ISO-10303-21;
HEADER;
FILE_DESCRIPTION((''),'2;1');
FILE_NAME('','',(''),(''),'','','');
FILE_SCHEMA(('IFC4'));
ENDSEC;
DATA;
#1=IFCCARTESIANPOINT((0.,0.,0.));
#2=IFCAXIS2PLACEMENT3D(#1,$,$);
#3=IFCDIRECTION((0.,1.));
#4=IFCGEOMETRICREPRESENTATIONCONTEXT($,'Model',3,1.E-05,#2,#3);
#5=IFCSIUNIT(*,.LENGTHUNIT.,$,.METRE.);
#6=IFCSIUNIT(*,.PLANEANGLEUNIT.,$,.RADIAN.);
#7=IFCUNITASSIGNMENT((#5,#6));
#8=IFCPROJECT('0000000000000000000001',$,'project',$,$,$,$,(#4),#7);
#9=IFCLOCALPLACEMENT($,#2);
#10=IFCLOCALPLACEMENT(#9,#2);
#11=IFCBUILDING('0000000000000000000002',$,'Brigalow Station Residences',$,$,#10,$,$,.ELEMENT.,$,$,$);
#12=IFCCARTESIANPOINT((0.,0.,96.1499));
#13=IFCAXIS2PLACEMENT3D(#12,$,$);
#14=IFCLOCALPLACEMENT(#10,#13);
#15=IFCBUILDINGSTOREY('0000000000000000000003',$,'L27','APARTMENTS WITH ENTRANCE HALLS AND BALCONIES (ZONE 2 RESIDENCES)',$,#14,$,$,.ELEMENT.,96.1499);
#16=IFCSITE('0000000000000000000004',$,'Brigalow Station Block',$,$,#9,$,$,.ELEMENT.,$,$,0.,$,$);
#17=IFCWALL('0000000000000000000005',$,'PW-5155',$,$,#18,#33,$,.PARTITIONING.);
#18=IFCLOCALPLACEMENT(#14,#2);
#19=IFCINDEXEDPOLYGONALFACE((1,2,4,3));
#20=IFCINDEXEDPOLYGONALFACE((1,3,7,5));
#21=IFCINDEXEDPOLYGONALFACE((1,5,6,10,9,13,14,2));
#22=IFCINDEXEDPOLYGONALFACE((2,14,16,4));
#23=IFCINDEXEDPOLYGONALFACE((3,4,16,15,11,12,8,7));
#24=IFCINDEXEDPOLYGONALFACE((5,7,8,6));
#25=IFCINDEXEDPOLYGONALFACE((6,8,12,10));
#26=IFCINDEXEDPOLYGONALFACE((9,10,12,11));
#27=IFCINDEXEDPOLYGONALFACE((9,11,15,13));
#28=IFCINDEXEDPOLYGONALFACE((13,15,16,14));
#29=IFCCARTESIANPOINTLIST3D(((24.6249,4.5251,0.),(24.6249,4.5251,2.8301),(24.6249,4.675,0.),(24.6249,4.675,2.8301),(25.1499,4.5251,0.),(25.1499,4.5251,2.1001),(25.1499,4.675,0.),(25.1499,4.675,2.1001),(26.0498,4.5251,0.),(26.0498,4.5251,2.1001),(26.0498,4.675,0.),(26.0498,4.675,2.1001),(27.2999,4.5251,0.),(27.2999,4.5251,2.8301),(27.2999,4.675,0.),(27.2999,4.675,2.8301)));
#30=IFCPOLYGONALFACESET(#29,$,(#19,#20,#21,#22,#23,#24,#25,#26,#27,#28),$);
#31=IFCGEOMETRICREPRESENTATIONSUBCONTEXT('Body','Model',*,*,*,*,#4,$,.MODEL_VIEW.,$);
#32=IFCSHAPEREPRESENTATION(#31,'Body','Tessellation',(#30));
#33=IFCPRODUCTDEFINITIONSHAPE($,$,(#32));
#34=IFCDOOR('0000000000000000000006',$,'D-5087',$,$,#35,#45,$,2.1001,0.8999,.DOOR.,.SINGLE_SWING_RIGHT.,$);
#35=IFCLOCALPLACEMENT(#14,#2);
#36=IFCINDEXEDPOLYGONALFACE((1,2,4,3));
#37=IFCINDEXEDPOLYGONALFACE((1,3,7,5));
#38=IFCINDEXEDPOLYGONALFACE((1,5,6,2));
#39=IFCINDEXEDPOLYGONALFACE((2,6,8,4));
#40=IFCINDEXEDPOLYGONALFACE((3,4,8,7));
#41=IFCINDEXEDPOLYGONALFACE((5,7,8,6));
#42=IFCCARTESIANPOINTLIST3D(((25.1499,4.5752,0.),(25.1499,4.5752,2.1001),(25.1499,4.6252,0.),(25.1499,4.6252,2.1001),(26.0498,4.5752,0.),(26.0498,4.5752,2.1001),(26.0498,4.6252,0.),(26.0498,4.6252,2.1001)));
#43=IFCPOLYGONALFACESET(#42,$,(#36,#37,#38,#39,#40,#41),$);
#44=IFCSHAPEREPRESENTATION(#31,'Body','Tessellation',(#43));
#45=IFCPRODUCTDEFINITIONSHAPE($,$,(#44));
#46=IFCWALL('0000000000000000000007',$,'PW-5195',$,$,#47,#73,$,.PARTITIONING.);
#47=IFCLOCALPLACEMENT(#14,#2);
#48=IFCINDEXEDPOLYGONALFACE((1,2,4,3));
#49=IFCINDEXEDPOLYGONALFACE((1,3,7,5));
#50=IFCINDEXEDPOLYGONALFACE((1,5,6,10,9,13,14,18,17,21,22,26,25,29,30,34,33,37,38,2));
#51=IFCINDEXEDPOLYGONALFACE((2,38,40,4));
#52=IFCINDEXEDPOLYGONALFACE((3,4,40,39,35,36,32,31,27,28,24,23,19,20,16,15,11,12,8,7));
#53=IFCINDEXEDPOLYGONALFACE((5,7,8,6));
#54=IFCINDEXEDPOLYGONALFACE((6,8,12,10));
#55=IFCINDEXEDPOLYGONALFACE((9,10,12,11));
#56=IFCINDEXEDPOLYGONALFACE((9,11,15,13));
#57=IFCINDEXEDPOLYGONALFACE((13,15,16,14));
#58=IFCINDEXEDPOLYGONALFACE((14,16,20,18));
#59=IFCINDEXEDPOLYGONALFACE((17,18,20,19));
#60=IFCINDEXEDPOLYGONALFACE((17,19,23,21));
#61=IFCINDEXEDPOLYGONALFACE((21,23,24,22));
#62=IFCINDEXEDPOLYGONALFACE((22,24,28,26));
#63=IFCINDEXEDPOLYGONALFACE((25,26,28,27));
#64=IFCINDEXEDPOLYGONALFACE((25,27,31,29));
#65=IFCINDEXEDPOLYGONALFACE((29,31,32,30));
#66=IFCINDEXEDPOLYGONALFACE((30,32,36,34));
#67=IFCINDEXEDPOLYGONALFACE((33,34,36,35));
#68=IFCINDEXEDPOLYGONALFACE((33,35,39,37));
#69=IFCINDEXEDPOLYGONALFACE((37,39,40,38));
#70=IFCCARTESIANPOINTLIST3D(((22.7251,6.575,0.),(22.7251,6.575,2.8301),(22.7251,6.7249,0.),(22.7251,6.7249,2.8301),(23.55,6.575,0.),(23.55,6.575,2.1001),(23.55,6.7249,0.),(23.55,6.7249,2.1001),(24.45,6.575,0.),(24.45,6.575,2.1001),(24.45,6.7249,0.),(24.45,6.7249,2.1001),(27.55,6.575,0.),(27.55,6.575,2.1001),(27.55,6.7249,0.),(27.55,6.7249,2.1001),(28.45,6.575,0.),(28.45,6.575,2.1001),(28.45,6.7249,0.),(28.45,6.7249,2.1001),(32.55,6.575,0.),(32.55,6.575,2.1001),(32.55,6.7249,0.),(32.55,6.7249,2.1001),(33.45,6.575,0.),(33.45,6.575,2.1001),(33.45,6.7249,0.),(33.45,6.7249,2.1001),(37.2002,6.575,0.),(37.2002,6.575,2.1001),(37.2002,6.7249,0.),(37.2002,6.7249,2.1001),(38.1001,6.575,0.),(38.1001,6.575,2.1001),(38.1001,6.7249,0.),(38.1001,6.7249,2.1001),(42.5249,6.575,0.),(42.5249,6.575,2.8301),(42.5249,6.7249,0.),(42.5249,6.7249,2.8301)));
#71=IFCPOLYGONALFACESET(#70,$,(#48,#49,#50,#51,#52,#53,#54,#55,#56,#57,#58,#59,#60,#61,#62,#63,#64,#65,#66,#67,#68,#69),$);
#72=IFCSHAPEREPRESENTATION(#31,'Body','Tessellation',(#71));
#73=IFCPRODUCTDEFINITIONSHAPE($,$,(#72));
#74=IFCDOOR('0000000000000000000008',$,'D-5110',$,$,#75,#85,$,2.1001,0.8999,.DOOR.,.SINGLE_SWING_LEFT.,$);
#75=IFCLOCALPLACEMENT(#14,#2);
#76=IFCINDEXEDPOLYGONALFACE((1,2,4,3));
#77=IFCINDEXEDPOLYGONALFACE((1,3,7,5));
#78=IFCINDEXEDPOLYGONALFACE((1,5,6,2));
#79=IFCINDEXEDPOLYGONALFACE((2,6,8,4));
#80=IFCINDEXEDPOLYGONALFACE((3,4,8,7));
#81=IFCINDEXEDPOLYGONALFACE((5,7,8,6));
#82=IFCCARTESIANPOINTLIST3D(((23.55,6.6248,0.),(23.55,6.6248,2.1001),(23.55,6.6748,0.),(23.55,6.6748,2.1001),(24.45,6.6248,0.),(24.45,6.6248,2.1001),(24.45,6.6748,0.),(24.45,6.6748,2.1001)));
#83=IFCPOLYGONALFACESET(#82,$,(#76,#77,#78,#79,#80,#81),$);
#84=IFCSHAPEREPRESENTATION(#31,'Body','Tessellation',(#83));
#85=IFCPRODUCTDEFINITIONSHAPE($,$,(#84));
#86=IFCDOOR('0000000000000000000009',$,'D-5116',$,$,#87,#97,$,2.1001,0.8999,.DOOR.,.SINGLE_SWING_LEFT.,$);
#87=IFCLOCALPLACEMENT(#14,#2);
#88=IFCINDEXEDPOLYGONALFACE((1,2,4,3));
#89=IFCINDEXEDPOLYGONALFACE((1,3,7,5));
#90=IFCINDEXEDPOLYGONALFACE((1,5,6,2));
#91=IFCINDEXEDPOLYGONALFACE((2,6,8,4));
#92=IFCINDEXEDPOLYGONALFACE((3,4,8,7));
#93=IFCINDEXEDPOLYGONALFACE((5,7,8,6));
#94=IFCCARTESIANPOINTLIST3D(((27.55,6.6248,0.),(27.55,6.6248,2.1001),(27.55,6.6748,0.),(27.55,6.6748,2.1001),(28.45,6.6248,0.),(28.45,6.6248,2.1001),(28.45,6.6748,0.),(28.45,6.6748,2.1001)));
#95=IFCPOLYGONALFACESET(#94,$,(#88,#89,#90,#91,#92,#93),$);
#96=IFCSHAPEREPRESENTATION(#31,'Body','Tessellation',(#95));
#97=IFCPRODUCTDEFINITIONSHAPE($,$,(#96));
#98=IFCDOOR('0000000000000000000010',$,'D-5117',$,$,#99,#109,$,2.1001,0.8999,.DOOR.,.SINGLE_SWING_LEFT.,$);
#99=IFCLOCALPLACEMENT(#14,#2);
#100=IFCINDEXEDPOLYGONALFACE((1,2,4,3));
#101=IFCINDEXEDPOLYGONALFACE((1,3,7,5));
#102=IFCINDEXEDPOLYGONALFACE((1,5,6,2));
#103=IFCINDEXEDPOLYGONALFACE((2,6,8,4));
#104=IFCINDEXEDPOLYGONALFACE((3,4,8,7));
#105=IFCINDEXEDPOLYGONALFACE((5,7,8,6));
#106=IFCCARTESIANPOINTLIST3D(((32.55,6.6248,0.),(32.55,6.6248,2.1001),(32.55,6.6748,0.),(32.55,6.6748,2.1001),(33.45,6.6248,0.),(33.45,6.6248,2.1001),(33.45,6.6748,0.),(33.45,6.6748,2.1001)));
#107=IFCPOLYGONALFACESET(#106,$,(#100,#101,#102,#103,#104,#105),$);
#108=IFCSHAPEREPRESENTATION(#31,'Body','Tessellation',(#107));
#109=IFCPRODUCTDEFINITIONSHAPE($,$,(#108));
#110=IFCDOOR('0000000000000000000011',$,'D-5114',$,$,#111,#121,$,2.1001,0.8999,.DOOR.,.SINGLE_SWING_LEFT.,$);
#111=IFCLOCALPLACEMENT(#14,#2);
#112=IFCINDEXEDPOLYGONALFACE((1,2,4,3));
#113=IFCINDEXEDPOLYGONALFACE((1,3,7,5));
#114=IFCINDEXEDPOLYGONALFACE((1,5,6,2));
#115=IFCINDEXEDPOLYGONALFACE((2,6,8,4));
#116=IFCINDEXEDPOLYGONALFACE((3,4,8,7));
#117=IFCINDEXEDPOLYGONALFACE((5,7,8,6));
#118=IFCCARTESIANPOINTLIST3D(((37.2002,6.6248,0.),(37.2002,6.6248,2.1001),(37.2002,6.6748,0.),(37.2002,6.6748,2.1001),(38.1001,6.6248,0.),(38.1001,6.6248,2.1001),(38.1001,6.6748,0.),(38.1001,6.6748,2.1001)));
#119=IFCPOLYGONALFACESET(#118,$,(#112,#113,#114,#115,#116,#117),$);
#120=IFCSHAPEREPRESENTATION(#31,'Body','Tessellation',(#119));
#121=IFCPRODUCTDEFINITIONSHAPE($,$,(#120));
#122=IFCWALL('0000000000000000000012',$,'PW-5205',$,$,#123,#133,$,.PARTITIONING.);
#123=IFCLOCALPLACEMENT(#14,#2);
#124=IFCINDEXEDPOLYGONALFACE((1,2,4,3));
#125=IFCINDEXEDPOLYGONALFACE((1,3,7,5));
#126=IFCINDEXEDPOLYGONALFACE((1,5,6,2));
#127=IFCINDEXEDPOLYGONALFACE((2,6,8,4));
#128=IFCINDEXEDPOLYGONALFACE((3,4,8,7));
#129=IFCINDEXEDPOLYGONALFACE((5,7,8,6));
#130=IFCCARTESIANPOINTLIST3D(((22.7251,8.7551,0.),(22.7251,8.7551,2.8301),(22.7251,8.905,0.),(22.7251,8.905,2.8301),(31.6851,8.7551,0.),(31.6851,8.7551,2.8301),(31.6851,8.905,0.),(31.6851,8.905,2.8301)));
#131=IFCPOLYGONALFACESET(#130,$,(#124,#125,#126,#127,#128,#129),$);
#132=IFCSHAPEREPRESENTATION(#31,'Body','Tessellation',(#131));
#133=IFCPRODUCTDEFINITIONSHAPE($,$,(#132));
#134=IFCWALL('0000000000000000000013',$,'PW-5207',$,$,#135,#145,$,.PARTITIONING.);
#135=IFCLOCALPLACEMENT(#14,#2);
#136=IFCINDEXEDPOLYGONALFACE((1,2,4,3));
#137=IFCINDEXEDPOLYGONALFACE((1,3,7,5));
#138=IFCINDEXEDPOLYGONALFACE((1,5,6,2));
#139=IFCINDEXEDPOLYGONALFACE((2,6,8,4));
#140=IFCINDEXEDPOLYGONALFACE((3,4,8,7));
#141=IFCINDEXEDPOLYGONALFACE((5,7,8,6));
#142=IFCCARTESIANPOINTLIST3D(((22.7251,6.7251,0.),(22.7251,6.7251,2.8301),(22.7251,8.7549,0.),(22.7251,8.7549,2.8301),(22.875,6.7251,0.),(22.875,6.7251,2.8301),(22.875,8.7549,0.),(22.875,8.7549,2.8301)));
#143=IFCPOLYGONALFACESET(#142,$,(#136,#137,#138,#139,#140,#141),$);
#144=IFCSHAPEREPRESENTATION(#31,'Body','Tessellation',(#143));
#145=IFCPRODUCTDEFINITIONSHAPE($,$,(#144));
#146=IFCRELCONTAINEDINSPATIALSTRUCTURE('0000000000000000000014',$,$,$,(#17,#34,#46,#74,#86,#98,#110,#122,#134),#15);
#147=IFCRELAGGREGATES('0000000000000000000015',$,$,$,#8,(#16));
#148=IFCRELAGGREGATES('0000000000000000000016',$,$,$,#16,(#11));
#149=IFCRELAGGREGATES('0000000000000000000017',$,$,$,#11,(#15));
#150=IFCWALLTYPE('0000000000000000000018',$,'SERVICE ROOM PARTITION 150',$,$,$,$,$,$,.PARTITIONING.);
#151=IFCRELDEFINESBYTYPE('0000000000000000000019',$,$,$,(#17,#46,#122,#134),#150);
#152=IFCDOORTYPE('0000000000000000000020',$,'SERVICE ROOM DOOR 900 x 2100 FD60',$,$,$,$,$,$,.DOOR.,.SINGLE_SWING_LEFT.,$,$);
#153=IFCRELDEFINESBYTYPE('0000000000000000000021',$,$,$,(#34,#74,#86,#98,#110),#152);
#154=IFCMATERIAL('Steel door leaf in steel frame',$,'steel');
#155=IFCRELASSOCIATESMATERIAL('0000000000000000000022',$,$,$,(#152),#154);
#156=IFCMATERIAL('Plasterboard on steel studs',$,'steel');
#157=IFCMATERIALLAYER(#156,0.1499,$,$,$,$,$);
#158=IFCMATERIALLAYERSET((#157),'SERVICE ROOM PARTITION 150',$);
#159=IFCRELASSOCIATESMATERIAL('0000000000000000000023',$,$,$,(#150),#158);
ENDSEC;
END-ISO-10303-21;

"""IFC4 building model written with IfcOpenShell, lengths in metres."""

from ifc_helpers import new_model, si_unit, direction, frame, frame_2d, origin, place, context, subcontext, project, spatial, rectangle, extrude, material, layer, layer_set, type_object, element, fill, save


model = new_model("IFC4")

# Units and contexts
model_context = context("Model", 3, precision=1e-05, world=origin(), true_north=direction((0.0, 1.0)))
body_context = subcontext(model_context, "Body", "Model", "MODEL_VIEW")
ifc_project = project(units=[si_unit("LENGTHUNIT", "METRE"), si_unit("PLANEANGLEUNIT", "RADIAN")], contexts=[model_context])

# Site, building, storey
site_placement = place(None, origin())
site = spatial("IfcSite", under=ifc_project, at=site_placement, Name="Brigalow Station Block", CompositionType="ELEMENT", RefElevation=0.0)
building_placement = place(site_placement, origin())
building = spatial("IfcBuilding", under=site, at=building_placement, Name="Brigalow Station Residences", CompositionType="ELEMENT")
storey_placement = place(building_placement, frame((0.0, 0.0, 96.1499)))
storey = spatial("IfcBuildingStorey", under=building, at=storey_placement, Name="L27", Description="APARTMENTS WITH ENTRANCE HALLS AND BALCONIES (ZONE 2 RESIDENCES)", CompositionType="ELEMENT", Elevation=96.1499)

# Shared definitions
ifc_material_1 = material(Name="Steel door leaf in steel frame", Category="steel")
door_type_1 = type_object("IfcDoorType", Name="SERVICE ROOM DOOR 900 x 2100 FD60", OperationType="SINGLE_SWING_LEFT", PredefinedType="DOOR", material=ifc_material_1)

# Wall, opening, door
ifc_material_2 = material(Name="Plasterboard on steel studs", Category="steel")
ifc_layer_1 = layer(ifc_material_2, 0.1499)
ifc_layer_set_1 = layer_set([ifc_layer_1], Name="SERVICE ROOM PARTITION 150")
wall_type_1 = type_object("IfcWallType", Name="SERVICE ROOM PARTITION 150", PredefinedType="PARTITIONING", material=ifc_layer_set_1)
wall_1_placement = place(storey_placement, frame((24.625, 4.6001, 0.0), z_axis=(0.0, 0.0, 1.0), x_axis=(1.0, 0.0, 0.0)))
wall_1 = element("IfcWall", 1, at=wall_1_placement, inside=storey, type_object=wall_type_1, Name="PW-5155", PredefinedType="PARTITIONING", context=body_context, shape_type="SweptSolid", body=[
    extrude(rectangle(XDim=2.675, YDim=0.1499, at=frame_2d((1.3374, 0.0))), origin(), (0.0, 0.0, 1.0), 2.8301),
])
opening_1_placement = place(wall_1_placement, frame((0.5249, 0.0, 0.0)))
opening_1 = element("IfcOpeningElement", 2, at=opening_1_placement, cuts=wall_1, PredefinedType="OPENING", context=body_context, shape_type="SweptSolid", body=[
    extrude(rectangle(XDim=0.8999, YDim=2.1001, at=frame_2d((0.45, 1.05))), frame((0.0, 0.085, 0.0), z_axis=(0.0, -1.0, 0.0), x_axis=(1.0, 0.0, 0.0)), (0.0, 0.0, 1.0), 0.1699),
])
door_1_placement = place(opening_1_placement, frame((0.8999, 0.0, 0.0), z_axis=(0.0, 0.0, 1.0), x_axis=(-1.0, 0.0, 0.0)))
door_1 = element("IfcDoor", 3, at=door_1_placement, inside=storey, type_object=door_type_1, Name="D-5087", OperationType="SINGLE_SWING_RIGHT", OverallHeight=2.1001, OverallWidth=0.8999, PredefinedType="DOOR", context=body_context, shape_type="SweptSolid", body=[
    extrude(rectangle(XDim=0.8999, YDim=2.1001, at=frame_2d((0.45, 1.05))), frame((0.0, 0.0249, 0.0), z_axis=(0.0, -1.0, 0.0), x_axis=(1.0, 0.0, 0.0)), (0.0, 0.0, 1.0), 0.05),
])
fill(opening_1, door_1)

# Wall, openings, doors
wall_2_placement = place(storey_placement, frame((22.7251, 6.6499, 0.0), z_axis=(0.0, 0.0, 1.0), x_axis=(1.0, 0.0, 0.0)))
wall_2 = element("IfcWall", 4, at=wall_2_placement, inside=storey, type_object=wall_type_1, Name="PW-5195", PredefinedType="PARTITIONING", context=body_context, shape_type="SweptSolid", body=[
    extrude(rectangle(XDim=19.7998, YDim=0.1499, at=frame_2d((9.8999, 0.0))), origin(), (0.0, 0.0, 1.0), 2.8301),
])
opening_2_placement = place(wall_2_placement, frame((0.825, 0.0, 0.0)))
opening_2 = element("IfcOpeningElement", 5, at=opening_2_placement, cuts=wall_2, PredefinedType="OPENING", context=body_context, shape_type="SweptSolid", body=[
    extrude(rectangle(XDim=0.8999, YDim=2.1001, at=frame_2d((0.45, 1.05))), frame((0.0, 0.085, 0.0), z_axis=(0.0, -1.0, 0.0), x_axis=(1.0, 0.0, 0.0)), (0.0, 0.0, 1.0), 0.1699),
])
opening_3_placement = place(wall_2_placement, frame((4.825, 0.0, 0.0)))
opening_3 = element("IfcOpeningElement", 6, at=opening_3_placement, cuts=wall_2, PredefinedType="OPENING", context=body_context, shape_type="SweptSolid", body=[
    extrude(rectangle(XDim=0.8999, YDim=2.1001, at=frame_2d((0.45, 1.05))), frame((0.0, 0.085, 0.0), z_axis=(0.0, -1.0, 0.0), x_axis=(1.0, 0.0, 0.0)), (0.0, 0.0, 1.0), 0.1699),
])
opening_4_placement = place(wall_2_placement, frame((9.825, 0.0, 0.0)))
opening_4 = element("IfcOpeningElement", 7, at=opening_4_placement, cuts=wall_2, PredefinedType="OPENING", context=body_context, shape_type="SweptSolid", body=[
    extrude(rectangle(XDim=0.8999, YDim=2.1001, at=frame_2d((0.45, 1.05))), frame((0.0, 0.085, 0.0), z_axis=(0.0, -1.0, 0.0), x_axis=(1.0, 0.0, 0.0)), (0.0, 0.0, 1.0), 0.1699),
])
opening_5_placement = place(wall_2_placement, frame((14.4751, 0.0, 0.0)))
opening_5 = element("IfcOpeningElement", 8, at=opening_5_placement, cuts=wall_2, PredefinedType="OPENING", context=body_context, shape_type="SweptSolid", body=[
    extrude(rectangle(XDim=0.8999, YDim=2.1001, at=frame_2d((0.45, 1.05))), frame((0.0, 0.085, 0.0), z_axis=(0.0, -1.0, 0.0), x_axis=(1.0, 0.0, 0.0)), (0.0, 0.0, 1.0), 0.1699),
])
door_2_placement = place(opening_2_placement, origin())
door_2 = element("IfcDoor", 9, at=door_2_placement, inside=storey, type_object=door_type_1, Name="D-5110", OperationType="SINGLE_SWING_LEFT", OverallHeight=2.1001, OverallWidth=0.8999, PredefinedType="DOOR", context=body_context, shape_type="SweptSolid", body=[
    extrude(rectangle(XDim=0.8999, YDim=2.1001, at=frame_2d((0.45, 1.05))), frame((0.0, 0.0249, 0.0), z_axis=(0.0, -1.0, 0.0), x_axis=(1.0, 0.0, 0.0)), (0.0, 0.0, 1.0), 0.05),
])
fill(opening_2, door_2)
door_3_placement = place(opening_3_placement, origin())
door_3 = element("IfcDoor", 10, at=door_3_placement, inside=storey, type_object=door_type_1, Name="D-5116", OperationType="SINGLE_SWING_LEFT", OverallHeight=2.1001, OverallWidth=0.8999, PredefinedType="DOOR", context=body_context, shape_type="SweptSolid", body=[
    extrude(rectangle(XDim=0.8999, YDim=2.1001, at=frame_2d((0.45, 1.05))), frame((0.0, 0.0249, 0.0), z_axis=(0.0, -1.0, 0.0), x_axis=(1.0, 0.0, 0.0)), (0.0, 0.0, 1.0), 0.05),
])
fill(opening_3, door_3)
door_4_placement = place(opening_4_placement, origin())
door_4 = element("IfcDoor", 11, at=door_4_placement, inside=storey, type_object=door_type_1, Name="D-5117", OperationType="SINGLE_SWING_LEFT", OverallHeight=2.1001, OverallWidth=0.8999, PredefinedType="DOOR", context=body_context, shape_type="SweptSolid", body=[
    extrude(rectangle(XDim=0.8999, YDim=2.1001, at=frame_2d((0.45, 1.05))), frame((0.0, 0.0249, 0.0), z_axis=(0.0, -1.0, 0.0), x_axis=(1.0, 0.0, 0.0)), (0.0, 0.0, 1.0), 0.05),
])
fill(opening_4, door_4)
door_5_placement = place(opening_5_placement, origin())
door_5 = element("IfcDoor", 12, at=door_5_placement, inside=storey, type_object=door_type_1, Name="D-5114", OperationType="SINGLE_SWING_LEFT", OverallHeight=2.1001, OverallWidth=0.8999, PredefinedType="DOOR", context=body_context, shape_type="SweptSolid", body=[
    extrude(rectangle(XDim=0.8999, YDim=2.1001, at=frame_2d((0.45, 1.05))), frame((0.0, 0.0249, 0.0), z_axis=(0.0, -1.0, 0.0), x_axis=(1.0, 0.0, 0.0)), (0.0, 0.0, 1.0), 0.05),
])
fill(opening_5, door_5)

# Walls
wall_3_placement = place(storey_placement, frame((22.7251, 8.8301, 0.0), z_axis=(0.0, 0.0, 1.0), x_axis=(1.0, 0.0, 0.0)))
element("IfcWall", 13, at=wall_3_placement, inside=storey, type_object=wall_type_1, Name="PW-5205", PredefinedType="PARTITIONING", context=body_context, shape_type="SweptSolid", body=[
    extrude(rectangle(XDim=8.96, YDim=0.1499, at=frame_2d((4.48, 0.0))), origin(), (0.0, 0.0, 1.0), 2.8301),
])
wall_4_placement = place(storey_placement, frame((22.8, 6.7251, 0.0), z_axis=(0.0, 0.0, 1.0), x_axis=(0.0, 1.0, 0.0)))
element("IfcWall", 14, at=wall_4_placement, inside=storey, type_object=wall_type_1, Name="PW-5207", PredefinedType="PARTITIONING", context=body_context, shape_type="SweptSolid", body=[
    extrude(rectangle(XDim=2.0298, YDim=0.1499, at=frame_2d((1.0149, 0.0))), origin(), (0.0, 0.0, 1.0), 2.8301),
])

save(model, "model.ifc")
